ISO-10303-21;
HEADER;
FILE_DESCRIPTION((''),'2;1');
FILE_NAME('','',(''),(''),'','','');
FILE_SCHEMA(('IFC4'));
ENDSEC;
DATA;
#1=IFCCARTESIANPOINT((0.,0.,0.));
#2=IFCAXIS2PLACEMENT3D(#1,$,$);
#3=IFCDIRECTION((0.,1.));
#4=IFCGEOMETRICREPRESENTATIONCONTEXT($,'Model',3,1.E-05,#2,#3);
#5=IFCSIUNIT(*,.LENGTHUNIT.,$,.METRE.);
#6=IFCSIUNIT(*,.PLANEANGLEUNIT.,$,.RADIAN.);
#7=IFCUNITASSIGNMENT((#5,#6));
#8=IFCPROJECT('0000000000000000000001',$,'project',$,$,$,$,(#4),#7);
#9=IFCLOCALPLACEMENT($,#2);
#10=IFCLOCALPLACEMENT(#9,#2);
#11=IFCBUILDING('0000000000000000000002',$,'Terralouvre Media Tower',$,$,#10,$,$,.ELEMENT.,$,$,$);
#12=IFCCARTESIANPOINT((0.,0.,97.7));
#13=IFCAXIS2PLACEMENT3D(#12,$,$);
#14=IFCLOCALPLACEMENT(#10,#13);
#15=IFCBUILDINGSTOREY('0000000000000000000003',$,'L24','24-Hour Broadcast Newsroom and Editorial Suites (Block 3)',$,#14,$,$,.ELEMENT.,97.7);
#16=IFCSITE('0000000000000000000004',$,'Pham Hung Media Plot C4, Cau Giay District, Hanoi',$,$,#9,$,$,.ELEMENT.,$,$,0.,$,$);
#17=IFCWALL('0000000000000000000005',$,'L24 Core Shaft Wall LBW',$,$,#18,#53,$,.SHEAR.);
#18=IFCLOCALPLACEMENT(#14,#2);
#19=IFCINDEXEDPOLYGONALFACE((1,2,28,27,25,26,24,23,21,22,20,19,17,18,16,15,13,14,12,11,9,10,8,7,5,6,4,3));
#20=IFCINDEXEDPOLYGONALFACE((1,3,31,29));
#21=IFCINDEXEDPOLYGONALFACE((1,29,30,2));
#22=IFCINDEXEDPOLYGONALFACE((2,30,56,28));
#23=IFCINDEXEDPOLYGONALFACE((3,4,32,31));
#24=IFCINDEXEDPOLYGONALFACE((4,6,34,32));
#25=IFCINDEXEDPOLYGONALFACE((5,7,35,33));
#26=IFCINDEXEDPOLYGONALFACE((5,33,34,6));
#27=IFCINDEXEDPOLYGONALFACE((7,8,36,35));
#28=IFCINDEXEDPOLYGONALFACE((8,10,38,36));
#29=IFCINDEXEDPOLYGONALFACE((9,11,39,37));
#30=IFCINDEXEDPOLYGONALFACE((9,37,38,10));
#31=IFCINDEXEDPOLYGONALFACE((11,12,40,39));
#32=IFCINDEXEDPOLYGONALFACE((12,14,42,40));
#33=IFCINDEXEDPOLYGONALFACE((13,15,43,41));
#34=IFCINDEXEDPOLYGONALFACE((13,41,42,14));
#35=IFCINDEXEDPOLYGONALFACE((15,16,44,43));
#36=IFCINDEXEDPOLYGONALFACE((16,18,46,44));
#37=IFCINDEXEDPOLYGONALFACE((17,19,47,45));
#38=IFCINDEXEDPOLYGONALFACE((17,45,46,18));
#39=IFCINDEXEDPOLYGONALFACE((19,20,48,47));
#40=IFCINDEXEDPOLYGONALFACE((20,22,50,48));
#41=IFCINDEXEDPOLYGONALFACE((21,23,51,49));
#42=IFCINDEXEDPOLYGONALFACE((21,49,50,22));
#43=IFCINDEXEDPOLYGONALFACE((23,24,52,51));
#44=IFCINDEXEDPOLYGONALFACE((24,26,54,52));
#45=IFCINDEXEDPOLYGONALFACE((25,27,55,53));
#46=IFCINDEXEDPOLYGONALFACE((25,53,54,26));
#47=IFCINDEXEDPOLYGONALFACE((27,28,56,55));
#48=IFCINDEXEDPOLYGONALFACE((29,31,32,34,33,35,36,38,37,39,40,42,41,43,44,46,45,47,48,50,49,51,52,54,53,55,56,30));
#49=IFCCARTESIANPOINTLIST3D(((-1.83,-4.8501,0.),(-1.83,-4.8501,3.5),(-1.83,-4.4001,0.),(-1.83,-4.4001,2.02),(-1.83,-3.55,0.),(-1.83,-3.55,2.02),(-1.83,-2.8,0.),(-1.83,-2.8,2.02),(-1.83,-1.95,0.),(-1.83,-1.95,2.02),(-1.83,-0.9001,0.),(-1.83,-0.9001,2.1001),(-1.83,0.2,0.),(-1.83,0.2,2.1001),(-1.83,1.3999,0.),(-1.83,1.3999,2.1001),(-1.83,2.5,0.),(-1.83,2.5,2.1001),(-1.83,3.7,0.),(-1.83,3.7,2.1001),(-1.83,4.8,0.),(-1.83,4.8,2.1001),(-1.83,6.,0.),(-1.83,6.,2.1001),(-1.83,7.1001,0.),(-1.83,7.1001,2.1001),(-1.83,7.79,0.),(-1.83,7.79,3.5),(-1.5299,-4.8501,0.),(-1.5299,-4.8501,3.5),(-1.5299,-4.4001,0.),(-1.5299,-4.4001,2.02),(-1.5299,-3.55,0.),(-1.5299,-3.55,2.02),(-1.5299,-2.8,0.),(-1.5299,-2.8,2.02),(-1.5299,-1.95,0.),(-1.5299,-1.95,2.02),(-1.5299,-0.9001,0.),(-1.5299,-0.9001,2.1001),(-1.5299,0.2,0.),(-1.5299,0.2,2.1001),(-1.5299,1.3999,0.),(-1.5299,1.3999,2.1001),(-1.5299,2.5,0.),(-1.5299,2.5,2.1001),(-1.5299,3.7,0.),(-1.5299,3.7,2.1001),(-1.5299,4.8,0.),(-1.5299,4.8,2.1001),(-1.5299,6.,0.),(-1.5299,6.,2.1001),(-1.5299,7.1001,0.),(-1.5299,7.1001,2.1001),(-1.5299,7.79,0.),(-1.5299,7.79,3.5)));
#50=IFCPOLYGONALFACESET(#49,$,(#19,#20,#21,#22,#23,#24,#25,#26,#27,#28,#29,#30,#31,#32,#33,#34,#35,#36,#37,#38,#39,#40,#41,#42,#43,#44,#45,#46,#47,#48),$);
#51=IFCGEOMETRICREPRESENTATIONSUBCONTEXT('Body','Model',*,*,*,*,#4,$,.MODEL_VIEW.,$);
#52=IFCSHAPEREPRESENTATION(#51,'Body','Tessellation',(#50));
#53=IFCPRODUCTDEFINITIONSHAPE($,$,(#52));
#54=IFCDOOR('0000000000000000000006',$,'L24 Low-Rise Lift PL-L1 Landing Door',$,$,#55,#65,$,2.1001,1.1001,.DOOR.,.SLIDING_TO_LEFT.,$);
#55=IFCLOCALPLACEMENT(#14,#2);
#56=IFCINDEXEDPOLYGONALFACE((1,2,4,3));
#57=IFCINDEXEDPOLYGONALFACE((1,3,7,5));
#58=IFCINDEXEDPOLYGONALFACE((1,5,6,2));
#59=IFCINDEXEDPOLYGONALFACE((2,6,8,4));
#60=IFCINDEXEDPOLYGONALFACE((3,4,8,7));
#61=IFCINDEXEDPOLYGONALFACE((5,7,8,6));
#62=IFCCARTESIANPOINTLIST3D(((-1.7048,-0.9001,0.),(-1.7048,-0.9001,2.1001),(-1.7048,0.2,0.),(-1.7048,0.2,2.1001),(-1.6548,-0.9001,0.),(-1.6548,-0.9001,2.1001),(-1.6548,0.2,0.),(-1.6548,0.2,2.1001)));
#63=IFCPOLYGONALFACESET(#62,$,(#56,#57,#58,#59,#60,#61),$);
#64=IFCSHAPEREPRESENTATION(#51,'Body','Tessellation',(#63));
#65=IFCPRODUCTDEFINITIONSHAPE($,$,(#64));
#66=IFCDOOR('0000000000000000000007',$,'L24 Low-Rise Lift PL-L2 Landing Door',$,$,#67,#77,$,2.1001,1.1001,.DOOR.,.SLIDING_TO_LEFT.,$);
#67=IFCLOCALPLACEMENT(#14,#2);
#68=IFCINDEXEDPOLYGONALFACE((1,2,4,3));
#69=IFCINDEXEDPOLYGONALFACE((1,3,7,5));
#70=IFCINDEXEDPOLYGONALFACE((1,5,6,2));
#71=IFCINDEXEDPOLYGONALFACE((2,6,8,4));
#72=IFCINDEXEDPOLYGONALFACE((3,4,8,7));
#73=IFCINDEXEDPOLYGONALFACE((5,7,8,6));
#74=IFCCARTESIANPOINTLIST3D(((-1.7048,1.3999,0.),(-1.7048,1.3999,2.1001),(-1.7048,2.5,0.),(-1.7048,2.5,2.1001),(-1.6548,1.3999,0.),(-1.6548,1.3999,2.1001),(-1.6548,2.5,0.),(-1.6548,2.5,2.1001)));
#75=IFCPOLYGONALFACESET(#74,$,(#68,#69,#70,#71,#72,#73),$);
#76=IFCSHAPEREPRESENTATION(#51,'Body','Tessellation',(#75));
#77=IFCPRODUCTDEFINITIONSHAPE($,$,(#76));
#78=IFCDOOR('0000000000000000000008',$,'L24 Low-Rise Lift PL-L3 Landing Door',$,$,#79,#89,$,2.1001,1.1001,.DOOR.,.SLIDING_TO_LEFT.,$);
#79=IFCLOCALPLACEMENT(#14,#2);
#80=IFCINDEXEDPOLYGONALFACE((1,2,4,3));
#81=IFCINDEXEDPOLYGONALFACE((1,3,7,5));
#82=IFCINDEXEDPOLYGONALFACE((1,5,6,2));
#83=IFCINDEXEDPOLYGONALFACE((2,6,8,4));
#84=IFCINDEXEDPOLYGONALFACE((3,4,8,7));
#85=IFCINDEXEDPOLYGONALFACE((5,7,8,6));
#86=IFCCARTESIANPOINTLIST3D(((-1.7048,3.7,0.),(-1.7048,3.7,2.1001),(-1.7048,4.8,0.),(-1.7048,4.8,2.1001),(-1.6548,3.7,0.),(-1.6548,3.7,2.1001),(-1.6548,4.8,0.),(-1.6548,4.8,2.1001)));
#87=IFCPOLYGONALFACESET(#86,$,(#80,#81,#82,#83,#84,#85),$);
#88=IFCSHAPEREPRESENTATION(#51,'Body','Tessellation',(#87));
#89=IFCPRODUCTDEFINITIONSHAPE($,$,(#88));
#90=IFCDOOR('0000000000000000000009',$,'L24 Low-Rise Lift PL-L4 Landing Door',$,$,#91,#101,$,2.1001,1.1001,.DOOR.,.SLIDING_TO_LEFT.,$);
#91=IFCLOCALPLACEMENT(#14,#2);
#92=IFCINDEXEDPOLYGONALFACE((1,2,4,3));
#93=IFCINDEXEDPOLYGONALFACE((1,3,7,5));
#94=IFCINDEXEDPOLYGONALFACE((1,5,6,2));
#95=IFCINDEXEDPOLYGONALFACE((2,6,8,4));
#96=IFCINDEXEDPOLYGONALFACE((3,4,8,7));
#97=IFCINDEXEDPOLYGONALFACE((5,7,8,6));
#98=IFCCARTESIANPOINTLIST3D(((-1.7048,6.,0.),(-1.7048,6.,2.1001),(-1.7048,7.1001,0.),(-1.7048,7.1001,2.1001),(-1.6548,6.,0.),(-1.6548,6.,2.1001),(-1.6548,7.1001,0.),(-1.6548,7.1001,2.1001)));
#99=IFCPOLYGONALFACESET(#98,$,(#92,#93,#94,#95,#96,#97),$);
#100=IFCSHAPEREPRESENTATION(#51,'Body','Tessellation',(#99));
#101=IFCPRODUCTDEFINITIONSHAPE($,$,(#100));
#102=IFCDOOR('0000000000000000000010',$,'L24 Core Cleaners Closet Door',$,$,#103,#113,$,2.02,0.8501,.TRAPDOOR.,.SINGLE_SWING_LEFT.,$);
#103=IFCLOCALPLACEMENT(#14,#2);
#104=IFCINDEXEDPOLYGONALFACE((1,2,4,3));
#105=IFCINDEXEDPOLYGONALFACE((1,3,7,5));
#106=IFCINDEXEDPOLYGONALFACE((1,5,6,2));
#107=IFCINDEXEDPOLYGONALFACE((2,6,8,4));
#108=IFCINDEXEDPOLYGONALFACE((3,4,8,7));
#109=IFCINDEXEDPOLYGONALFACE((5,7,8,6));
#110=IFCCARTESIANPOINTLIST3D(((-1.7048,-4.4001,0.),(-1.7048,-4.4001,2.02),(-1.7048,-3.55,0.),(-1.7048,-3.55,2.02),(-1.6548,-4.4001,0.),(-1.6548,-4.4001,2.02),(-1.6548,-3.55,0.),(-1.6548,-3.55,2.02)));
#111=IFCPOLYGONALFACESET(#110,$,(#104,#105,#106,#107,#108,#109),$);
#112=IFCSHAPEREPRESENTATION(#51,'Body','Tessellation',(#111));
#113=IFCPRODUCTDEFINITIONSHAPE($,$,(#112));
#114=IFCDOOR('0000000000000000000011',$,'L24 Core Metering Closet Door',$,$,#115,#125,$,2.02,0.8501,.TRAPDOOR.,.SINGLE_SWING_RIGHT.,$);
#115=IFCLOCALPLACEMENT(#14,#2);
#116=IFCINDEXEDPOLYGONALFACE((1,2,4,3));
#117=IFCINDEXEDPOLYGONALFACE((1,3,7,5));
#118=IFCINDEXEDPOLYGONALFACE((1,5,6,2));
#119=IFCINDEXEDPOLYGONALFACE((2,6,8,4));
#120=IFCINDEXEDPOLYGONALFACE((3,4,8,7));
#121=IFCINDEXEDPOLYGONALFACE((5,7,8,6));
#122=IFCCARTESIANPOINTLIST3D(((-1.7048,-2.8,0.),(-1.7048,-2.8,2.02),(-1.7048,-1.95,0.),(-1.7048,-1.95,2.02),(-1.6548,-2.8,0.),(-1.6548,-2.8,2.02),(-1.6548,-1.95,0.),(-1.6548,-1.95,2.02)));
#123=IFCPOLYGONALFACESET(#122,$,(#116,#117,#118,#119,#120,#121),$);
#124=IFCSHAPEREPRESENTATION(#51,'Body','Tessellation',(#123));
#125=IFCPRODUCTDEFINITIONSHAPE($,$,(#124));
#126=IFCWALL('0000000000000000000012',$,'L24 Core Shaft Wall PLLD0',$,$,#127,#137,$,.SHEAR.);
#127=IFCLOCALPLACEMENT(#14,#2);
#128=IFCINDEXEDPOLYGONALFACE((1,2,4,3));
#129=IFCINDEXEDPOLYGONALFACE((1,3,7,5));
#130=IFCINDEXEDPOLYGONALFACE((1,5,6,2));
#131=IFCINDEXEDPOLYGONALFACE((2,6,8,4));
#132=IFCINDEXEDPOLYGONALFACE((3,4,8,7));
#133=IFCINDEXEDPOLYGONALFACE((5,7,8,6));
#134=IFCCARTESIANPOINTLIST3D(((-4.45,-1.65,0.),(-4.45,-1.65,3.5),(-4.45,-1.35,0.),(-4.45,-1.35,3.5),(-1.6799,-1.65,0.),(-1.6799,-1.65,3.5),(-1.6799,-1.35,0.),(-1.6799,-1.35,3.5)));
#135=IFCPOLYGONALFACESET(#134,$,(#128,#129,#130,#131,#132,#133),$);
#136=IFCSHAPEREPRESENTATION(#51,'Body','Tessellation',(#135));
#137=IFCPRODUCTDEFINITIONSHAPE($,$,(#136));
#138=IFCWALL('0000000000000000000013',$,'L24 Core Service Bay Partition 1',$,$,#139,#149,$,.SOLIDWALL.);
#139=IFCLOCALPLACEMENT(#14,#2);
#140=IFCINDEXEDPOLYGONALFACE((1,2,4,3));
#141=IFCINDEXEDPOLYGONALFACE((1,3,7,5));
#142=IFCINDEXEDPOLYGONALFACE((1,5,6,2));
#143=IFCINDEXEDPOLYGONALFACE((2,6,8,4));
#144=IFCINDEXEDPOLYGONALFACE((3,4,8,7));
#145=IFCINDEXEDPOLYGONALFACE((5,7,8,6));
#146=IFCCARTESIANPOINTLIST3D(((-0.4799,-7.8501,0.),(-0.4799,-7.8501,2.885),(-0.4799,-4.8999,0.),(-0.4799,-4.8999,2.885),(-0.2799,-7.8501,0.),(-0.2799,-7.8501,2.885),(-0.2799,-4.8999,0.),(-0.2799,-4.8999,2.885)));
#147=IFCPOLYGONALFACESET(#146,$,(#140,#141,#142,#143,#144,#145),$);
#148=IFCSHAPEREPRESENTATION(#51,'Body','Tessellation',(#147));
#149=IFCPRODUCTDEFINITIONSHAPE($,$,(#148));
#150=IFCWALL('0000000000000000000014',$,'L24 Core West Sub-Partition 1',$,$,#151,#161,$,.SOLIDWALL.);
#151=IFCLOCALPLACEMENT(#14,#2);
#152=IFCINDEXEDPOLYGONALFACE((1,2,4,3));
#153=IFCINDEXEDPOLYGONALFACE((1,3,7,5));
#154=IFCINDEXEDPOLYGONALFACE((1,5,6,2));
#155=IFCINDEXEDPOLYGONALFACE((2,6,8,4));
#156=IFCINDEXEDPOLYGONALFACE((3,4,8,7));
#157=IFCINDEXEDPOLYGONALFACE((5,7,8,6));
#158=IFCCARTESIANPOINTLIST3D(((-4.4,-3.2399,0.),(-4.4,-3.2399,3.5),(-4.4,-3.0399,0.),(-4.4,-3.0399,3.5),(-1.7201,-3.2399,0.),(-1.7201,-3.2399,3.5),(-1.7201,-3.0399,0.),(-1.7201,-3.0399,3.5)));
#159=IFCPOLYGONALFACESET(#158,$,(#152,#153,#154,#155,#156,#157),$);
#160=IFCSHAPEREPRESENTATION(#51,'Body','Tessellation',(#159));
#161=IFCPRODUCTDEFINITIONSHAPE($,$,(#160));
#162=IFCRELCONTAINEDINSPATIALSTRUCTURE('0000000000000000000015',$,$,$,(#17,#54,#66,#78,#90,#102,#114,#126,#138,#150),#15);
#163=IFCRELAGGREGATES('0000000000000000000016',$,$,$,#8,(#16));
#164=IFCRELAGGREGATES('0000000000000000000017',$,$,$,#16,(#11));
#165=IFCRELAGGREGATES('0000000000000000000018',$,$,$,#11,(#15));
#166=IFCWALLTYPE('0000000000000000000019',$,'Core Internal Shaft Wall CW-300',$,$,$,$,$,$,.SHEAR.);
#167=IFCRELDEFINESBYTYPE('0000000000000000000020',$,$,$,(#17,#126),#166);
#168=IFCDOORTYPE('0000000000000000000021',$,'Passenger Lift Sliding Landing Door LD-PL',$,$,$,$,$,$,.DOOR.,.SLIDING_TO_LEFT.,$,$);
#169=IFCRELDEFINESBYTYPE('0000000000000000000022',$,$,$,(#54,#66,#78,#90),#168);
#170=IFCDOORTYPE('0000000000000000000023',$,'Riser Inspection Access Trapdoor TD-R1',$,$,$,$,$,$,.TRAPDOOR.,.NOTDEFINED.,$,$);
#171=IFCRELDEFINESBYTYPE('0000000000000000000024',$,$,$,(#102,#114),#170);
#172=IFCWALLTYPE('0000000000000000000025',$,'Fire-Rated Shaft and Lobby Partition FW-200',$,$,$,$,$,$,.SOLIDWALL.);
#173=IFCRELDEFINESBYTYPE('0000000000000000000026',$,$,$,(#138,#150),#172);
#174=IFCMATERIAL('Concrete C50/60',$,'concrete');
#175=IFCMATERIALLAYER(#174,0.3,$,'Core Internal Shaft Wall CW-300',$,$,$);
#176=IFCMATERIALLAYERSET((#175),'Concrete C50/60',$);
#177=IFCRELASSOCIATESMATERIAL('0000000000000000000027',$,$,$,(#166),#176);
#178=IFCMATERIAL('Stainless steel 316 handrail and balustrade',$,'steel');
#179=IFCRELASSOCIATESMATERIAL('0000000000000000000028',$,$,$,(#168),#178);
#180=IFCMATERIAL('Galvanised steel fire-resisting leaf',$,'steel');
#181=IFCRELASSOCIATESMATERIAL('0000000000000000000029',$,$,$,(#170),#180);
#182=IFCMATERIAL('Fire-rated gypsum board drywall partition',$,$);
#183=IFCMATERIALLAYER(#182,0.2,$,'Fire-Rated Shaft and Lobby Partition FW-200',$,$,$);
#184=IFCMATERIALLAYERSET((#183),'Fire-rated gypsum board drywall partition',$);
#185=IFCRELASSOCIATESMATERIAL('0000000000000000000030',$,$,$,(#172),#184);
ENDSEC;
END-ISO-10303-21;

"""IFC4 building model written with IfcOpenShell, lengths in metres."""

from ifc_helpers import new_model, si_unit, direction, frame, frame_2d, origin, place, context, subcontext, project, spatial, rectangle, extrude, material, layer, layer_set, type_object, element, fill, save


model = new_model("IFC4")

# Units and contexts
model_context = context("Model", 3, precision=1e-05, world=origin(), true_north=direction((0.0, 1.0)))
body_context = subcontext(model_context, "Body", "Model", "MODEL_VIEW")
ifc_project = project(units=[si_unit("LENGTHUNIT", "METRE"), si_unit("PLANEANGLEUNIT", "RADIAN")], contexts=[model_context])

# Site, building, storey
site_placement = place(None, origin())
site = spatial("IfcSite", under=ifc_project, at=site_placement, Name="Pham Hung Media Plot C4, Cau Giay District, Hanoi", CompositionType="ELEMENT", RefElevation=0.0)
building_placement = place(site_placement, origin())
building = spatial("IfcBuilding", under=site, at=building_placement, Name="Terralouvre Media Tower", CompositionType="ELEMENT")
storey_placement = place(building_placement, frame((0.0, 0.0, 97.7)))
storey = spatial("IfcBuildingStorey", under=building, at=storey_placement, Name="L24", Description="24-Hour Broadcast Newsroom and Editorial Suites (Block 3)", CompositionType="ELEMENT", Elevation=97.7)

# Shared definitions
ifc_material_1 = material(Name="Concrete C50/60", Category="concrete")
ifc_layer_1 = layer(ifc_material_1, 0.3, Name="Core Internal Shaft Wall CW-300")
ifc_layer_set_1 = layer_set([ifc_layer_1], Name="Concrete C50/60")
wall_type_1 = type_object("IfcWallType", Name="Core Internal Shaft Wall CW-300", PredefinedType="SHEAR", material=ifc_layer_set_1)

# Wall, openings, doors
wall_1_placement = place(storey_placement, frame((-1.6799, -4.8501, 0.0), z_axis=(0.0, 0.0, 1.0), x_axis=(0.0, 1.0, 0.0)))
wall_1 = element("IfcWall", 1, at=wall_1_placement, inside=storey, type_object=wall_type_1, Name="L24 Core Shaft Wall LBW", PredefinedType="SHEAR", context=body_context, shape_type="SweptSolid", body=[
    extrude(rectangle(XDim=12.6401, YDim=0.3, at=frame_2d((6.3201, 0.0))), origin(), (0.0, 0.0, 1.0), 3.5),
])
opening_1_placement = place(wall_1_placement, frame((3.95, 0.0, 0.0)))
opening_1 = element("IfcOpeningElement", 2, at=opening_1_placement, cuts=wall_1, PredefinedType="OPENING", context=body_context, shape_type="SweptSolid", body=[
    extrude(rectangle(XDim=1.1001, YDim=2.1001, at=frame_2d((0.55, 1.05))), frame((0.0, 0.1599, 0.0), z_axis=(0.0, -1.0, 0.0), x_axis=(1.0, 0.0, 0.0)), (0.0, 0.0, 1.0), 0.3201),
])
opening_2_placement = place(wall_1_placement, frame((6.25, 0.0, 0.0)))
opening_2 = element("IfcOpeningElement", 3, at=opening_2_placement, cuts=wall_1, PredefinedType="OPENING", context=body_context, shape_type="SweptSolid", body=[
    extrude(rectangle(XDim=1.1001, YDim=2.1001, at=frame_2d((0.55, 1.05))), frame((0.0, 0.1599, 0.0), z_axis=(0.0, -1.0, 0.0), x_axis=(1.0, 0.0, 0.0)), (0.0, 0.0, 1.0), 0.3201),
])
opening_3_placement = place(wall_1_placement, frame((8.55, 0.0, 0.0)))
opening_3 = element("IfcOpeningElement", 4, at=opening_3_placement, cuts=wall_1, PredefinedType="OPENING", context=body_context, shape_type="SweptSolid", body=[
    extrude(rectangle(XDim=1.1001, YDim=2.1001, at=frame_2d((0.55, 1.05))), frame((0.0, 0.1599, 0.0), z_axis=(0.0, -1.0, 0.0), x_axis=(1.0, 0.0, 0.0)), (0.0, 0.0, 1.0), 0.3201),
])
opening_4_placement = place(wall_1_placement, frame((10.8501, 0.0, 0.0)))
opening_4 = element("IfcOpeningElement", 5, at=opening_4_placement, cuts=wall_1, PredefinedType="OPENING", context=body_context, shape_type="SweptSolid", body=[
    extrude(rectangle(XDim=1.1001, YDim=2.1001, at=frame_2d((0.55, 1.05))), frame((0.0, 0.1599, 0.0), z_axis=(0.0, -1.0, 0.0), x_axis=(1.0, 0.0, 0.0)), (0.0, 0.0, 1.0), 0.3201),
])
opening_5_placement = place(wall_1_placement, frame((0.45, 0.0, 0.0)))
opening_5 = element("IfcOpeningElement", 6, at=opening_5_placement, cuts=wall_1, PredefinedType="OPENING", context=body_context, shape_type="SweptSolid", body=[
    extrude(rectangle(XDim=0.8501, YDim=2.02, at=frame_2d((0.425, 1.01))), frame((0.0, 0.1599, 0.0), z_axis=(0.0, -1.0, 0.0), x_axis=(1.0, 0.0, 0.0)), (0.0, 0.0, 1.0), 0.3201),
])
opening_6_placement = place(wall_1_placement, frame((2.05, 0.0, 0.0)))
opening_6 = element("IfcOpeningElement", 7, at=opening_6_placement, cuts=wall_1, PredefinedType="OPENING", context=body_context, shape_type="SweptSolid", body=[
    extrude(rectangle(XDim=0.8501, YDim=2.02, at=frame_2d((0.425, 1.01))), frame((0.0, 0.1599, 0.0), z_axis=(0.0, -1.0, 0.0), x_axis=(1.0, 0.0, 0.0)), (0.0, 0.0, 1.0), 0.3201),
])
ifc_material_2 = material(Name="Stainless steel 316 handrail and balustrade", Category="steel")
door_type_1 = type_object("IfcDoorType", Name="Passenger Lift Sliding Landing Door LD-PL", OperationType="SLIDING_TO_LEFT", PredefinedType="DOOR", material=ifc_material_2)
door_1_placement = place(opening_1_placement, origin())
door_1 = element("IfcDoor", 8, at=door_1_placement, inside=storey, type_object=door_type_1, Name="L24 Low-Rise Lift PL-L1 Landing Door", OperationType="SLIDING_TO_LEFT", OverallHeight=2.1001, OverallWidth=1.1001, PredefinedType="DOOR", context=body_context, shape_type="SweptSolid", body=[
    extrude(rectangle(XDim=1.1001, YDim=2.1001, at=frame_2d((0.55, 1.05))), frame((0.0, 0.0249, 0.0), z_axis=(0.0, -1.0, 0.0), x_axis=(1.0, 0.0, 0.0)), (0.0, 0.0, 1.0), 0.05),
])
fill(opening_1, door_1)
door_2_placement = place(opening_2_placement, origin())
door_2 = element("IfcDoor", 9, at=door_2_placement, inside=storey, type_object=door_type_1, Name="L24 Low-Rise Lift PL-L2 Landing Door", OperationType="SLIDING_TO_LEFT", OverallHeight=2.1001, OverallWidth=1.1001, PredefinedType="DOOR", context=body_context, shape_type="SweptSolid", body=[
    extrude(rectangle(XDim=1.1001, YDim=2.1001, at=frame_2d((0.55, 1.05))), frame((0.0, 0.0249, 0.0), z_axis=(0.0, -1.0, 0.0), x_axis=(1.0, 0.0, 0.0)), (0.0, 0.0, 1.0), 0.05),
])
fill(opening_2, door_2)
door_3_placement = place(opening_3_placement, origin())
door_3 = element("IfcDoor", 10, at=door_3_placement, inside=storey, type_object=door_type_1, Name="L24 Low-Rise Lift PL-L3 Landing Door", OperationType="SLIDING_TO_LEFT", OverallHeight=2.1001, OverallWidth=1.1001, PredefinedType="DOOR", context=body_context, shape_type="SweptSolid", body=[
    extrude(rectangle(XDim=1.1001, YDim=2.1001, at=frame_2d((0.55, 1.05))), frame((0.0, 0.0249, 0.0), z_axis=(0.0, -1.0, 0.0), x_axis=(1.0, 0.0, 0.0)), (0.0, 0.0, 1.0), 0.05),
])
fill(opening_3, door_3)
door_4_placement = place(opening_4_placement, origin())
door_4 = element("IfcDoor", 11, at=door_4_placement, inside=storey, type_object=door_type_1, Name="L24 Low-Rise Lift PL-L4 Landing Door", OperationType="SLIDING_TO_LEFT", OverallHeight=2.1001, OverallWidth=1.1001, PredefinedType="DOOR", context=body_context, shape_type="SweptSolid", body=[
    extrude(rectangle(XDim=1.1001, YDim=2.1001, at=frame_2d((0.55, 1.05))), frame((0.0, 0.0249, 0.0), z_axis=(0.0, -1.0, 0.0), x_axis=(1.0, 0.0, 0.0)), (0.0, 0.0, 1.0), 0.05),
])
fill(opening_4, door_4)
ifc_material_3 = material(Name="Galvanised steel fire-resisting leaf", Category="steel")
door_type_2 = type_object("IfcDoorType", Name="Riser Inspection Access Trapdoor TD-R1", OperationType="NOTDEFINED", PredefinedType="TRAPDOOR", material=ifc_material_3)
door_5_placement = place(opening_5_placement, origin())
door_5 = element("IfcDoor", 12, at=door_5_placement, inside=storey, type_object=door_type_2, Name="L24 Core Cleaners Closet Door", OperationType="SINGLE_SWING_LEFT", OverallHeight=2.02, OverallWidth=0.8501, PredefinedType="TRAPDOOR", context=body_context, shape_type="SweptSolid", body=[
    extrude(rectangle(XDim=0.8501, YDim=2.02, at=frame_2d((0.425, 1.01))), frame((0.0, 0.0249, 0.0), z_axis=(0.0, -1.0, 0.0), x_axis=(1.0, 0.0, 0.0)), (0.0, 0.0, 1.0), 0.05),
])
fill(opening_5, door_5)
door_6_placement = place(opening_6_placement, origin())
door_6 = element("IfcDoor", 13, at=door_6_placement, inside=storey, type_object=door_type_2, Name="L24 Core Metering Closet Door", OperationType="SINGLE_SWING_RIGHT", OverallHeight=2.02, OverallWidth=0.8501, PredefinedType="TRAPDOOR", context=body_context, shape_type="SweptSolid", body=[
    extrude(rectangle(XDim=0.8501, YDim=2.02, at=frame_2d((0.425, 1.01))), frame((0.0, 0.0249, 0.0), z_axis=(0.0, -1.0, 0.0), x_axis=(1.0, 0.0, 0.0)), (0.0, 0.0, 1.0), 0.05),
])
fill(opening_6, door_6)

# Walls
wall_2_placement = place(storey_placement, frame((-4.45, -1.5, 0.0), z_axis=(0.0, 0.0, 1.0), x_axis=(1.0, 0.0, 0.0)))
element("IfcWall", 14, at=wall_2_placement, inside=storey, type_object=wall_type_1, Name="L24 Core Shaft Wall PLLD0", PredefinedType="SHEAR", context=body_context, shape_type="SweptSolid", body=[
    extrude(rectangle(XDim=2.77, YDim=0.3, at=frame_2d((1.385, 0.0))), origin(), (0.0, 0.0, 1.0), 3.5),
])
ifc_material_4 = material(Name="Fire-rated gypsum board drywall partition")
ifc_layer_2 = layer(ifc_material_4, 0.2, Name="Fire-Rated Shaft and Lobby Partition FW-200")
ifc_layer_set_2 = layer_set([ifc_layer_2], Name="Fire-rated gypsum board drywall partition")
wall_type_2 = type_object("IfcWallType", Name="Fire-Rated Shaft and Lobby Partition FW-200", PredefinedType="SOLIDWALL", material=ifc_layer_set_2)
wall_3_placement = place(storey_placement, frame((-0.3799, -7.8501, 0.0), z_axis=(0.0, 0.0, 1.0), x_axis=(0.0, 1.0, 0.0)))
element("IfcWall", 15, at=wall_3_placement, inside=storey, type_object=wall_type_2, Name="L24 Core Service Bay Partition 1", PredefinedType="SOLIDWALL", context=body_context, shape_type="SweptSolid", body=[
    extrude(rectangle(XDim=2.9502, YDim=0.2, at=frame_2d((1.4751, 0.0))), origin(), (0.0, 0.0, 1.0), 2.885),
])
wall_4_placement = place(storey_placement, frame((-4.3999, -3.1399, 0.0), z_axis=(0.0, 0.0, 1.0), x_axis=(1.0, 0.0, 0.0)))
element("IfcWall", 16, at=wall_4_placement, inside=storey, type_object=wall_type_2, Name="L24 Core West Sub-Partition 1", PredefinedType="SOLIDWALL", context=body_context, shape_type="SweptSolid", body=[
    extrude(rectangle(XDim=2.6799, YDim=0.2, at=frame_2d((1.3398, 0.0))), origin(), (0.0, 0.0, 1.0), 3.5),
])

save(model, "model.ifc")
